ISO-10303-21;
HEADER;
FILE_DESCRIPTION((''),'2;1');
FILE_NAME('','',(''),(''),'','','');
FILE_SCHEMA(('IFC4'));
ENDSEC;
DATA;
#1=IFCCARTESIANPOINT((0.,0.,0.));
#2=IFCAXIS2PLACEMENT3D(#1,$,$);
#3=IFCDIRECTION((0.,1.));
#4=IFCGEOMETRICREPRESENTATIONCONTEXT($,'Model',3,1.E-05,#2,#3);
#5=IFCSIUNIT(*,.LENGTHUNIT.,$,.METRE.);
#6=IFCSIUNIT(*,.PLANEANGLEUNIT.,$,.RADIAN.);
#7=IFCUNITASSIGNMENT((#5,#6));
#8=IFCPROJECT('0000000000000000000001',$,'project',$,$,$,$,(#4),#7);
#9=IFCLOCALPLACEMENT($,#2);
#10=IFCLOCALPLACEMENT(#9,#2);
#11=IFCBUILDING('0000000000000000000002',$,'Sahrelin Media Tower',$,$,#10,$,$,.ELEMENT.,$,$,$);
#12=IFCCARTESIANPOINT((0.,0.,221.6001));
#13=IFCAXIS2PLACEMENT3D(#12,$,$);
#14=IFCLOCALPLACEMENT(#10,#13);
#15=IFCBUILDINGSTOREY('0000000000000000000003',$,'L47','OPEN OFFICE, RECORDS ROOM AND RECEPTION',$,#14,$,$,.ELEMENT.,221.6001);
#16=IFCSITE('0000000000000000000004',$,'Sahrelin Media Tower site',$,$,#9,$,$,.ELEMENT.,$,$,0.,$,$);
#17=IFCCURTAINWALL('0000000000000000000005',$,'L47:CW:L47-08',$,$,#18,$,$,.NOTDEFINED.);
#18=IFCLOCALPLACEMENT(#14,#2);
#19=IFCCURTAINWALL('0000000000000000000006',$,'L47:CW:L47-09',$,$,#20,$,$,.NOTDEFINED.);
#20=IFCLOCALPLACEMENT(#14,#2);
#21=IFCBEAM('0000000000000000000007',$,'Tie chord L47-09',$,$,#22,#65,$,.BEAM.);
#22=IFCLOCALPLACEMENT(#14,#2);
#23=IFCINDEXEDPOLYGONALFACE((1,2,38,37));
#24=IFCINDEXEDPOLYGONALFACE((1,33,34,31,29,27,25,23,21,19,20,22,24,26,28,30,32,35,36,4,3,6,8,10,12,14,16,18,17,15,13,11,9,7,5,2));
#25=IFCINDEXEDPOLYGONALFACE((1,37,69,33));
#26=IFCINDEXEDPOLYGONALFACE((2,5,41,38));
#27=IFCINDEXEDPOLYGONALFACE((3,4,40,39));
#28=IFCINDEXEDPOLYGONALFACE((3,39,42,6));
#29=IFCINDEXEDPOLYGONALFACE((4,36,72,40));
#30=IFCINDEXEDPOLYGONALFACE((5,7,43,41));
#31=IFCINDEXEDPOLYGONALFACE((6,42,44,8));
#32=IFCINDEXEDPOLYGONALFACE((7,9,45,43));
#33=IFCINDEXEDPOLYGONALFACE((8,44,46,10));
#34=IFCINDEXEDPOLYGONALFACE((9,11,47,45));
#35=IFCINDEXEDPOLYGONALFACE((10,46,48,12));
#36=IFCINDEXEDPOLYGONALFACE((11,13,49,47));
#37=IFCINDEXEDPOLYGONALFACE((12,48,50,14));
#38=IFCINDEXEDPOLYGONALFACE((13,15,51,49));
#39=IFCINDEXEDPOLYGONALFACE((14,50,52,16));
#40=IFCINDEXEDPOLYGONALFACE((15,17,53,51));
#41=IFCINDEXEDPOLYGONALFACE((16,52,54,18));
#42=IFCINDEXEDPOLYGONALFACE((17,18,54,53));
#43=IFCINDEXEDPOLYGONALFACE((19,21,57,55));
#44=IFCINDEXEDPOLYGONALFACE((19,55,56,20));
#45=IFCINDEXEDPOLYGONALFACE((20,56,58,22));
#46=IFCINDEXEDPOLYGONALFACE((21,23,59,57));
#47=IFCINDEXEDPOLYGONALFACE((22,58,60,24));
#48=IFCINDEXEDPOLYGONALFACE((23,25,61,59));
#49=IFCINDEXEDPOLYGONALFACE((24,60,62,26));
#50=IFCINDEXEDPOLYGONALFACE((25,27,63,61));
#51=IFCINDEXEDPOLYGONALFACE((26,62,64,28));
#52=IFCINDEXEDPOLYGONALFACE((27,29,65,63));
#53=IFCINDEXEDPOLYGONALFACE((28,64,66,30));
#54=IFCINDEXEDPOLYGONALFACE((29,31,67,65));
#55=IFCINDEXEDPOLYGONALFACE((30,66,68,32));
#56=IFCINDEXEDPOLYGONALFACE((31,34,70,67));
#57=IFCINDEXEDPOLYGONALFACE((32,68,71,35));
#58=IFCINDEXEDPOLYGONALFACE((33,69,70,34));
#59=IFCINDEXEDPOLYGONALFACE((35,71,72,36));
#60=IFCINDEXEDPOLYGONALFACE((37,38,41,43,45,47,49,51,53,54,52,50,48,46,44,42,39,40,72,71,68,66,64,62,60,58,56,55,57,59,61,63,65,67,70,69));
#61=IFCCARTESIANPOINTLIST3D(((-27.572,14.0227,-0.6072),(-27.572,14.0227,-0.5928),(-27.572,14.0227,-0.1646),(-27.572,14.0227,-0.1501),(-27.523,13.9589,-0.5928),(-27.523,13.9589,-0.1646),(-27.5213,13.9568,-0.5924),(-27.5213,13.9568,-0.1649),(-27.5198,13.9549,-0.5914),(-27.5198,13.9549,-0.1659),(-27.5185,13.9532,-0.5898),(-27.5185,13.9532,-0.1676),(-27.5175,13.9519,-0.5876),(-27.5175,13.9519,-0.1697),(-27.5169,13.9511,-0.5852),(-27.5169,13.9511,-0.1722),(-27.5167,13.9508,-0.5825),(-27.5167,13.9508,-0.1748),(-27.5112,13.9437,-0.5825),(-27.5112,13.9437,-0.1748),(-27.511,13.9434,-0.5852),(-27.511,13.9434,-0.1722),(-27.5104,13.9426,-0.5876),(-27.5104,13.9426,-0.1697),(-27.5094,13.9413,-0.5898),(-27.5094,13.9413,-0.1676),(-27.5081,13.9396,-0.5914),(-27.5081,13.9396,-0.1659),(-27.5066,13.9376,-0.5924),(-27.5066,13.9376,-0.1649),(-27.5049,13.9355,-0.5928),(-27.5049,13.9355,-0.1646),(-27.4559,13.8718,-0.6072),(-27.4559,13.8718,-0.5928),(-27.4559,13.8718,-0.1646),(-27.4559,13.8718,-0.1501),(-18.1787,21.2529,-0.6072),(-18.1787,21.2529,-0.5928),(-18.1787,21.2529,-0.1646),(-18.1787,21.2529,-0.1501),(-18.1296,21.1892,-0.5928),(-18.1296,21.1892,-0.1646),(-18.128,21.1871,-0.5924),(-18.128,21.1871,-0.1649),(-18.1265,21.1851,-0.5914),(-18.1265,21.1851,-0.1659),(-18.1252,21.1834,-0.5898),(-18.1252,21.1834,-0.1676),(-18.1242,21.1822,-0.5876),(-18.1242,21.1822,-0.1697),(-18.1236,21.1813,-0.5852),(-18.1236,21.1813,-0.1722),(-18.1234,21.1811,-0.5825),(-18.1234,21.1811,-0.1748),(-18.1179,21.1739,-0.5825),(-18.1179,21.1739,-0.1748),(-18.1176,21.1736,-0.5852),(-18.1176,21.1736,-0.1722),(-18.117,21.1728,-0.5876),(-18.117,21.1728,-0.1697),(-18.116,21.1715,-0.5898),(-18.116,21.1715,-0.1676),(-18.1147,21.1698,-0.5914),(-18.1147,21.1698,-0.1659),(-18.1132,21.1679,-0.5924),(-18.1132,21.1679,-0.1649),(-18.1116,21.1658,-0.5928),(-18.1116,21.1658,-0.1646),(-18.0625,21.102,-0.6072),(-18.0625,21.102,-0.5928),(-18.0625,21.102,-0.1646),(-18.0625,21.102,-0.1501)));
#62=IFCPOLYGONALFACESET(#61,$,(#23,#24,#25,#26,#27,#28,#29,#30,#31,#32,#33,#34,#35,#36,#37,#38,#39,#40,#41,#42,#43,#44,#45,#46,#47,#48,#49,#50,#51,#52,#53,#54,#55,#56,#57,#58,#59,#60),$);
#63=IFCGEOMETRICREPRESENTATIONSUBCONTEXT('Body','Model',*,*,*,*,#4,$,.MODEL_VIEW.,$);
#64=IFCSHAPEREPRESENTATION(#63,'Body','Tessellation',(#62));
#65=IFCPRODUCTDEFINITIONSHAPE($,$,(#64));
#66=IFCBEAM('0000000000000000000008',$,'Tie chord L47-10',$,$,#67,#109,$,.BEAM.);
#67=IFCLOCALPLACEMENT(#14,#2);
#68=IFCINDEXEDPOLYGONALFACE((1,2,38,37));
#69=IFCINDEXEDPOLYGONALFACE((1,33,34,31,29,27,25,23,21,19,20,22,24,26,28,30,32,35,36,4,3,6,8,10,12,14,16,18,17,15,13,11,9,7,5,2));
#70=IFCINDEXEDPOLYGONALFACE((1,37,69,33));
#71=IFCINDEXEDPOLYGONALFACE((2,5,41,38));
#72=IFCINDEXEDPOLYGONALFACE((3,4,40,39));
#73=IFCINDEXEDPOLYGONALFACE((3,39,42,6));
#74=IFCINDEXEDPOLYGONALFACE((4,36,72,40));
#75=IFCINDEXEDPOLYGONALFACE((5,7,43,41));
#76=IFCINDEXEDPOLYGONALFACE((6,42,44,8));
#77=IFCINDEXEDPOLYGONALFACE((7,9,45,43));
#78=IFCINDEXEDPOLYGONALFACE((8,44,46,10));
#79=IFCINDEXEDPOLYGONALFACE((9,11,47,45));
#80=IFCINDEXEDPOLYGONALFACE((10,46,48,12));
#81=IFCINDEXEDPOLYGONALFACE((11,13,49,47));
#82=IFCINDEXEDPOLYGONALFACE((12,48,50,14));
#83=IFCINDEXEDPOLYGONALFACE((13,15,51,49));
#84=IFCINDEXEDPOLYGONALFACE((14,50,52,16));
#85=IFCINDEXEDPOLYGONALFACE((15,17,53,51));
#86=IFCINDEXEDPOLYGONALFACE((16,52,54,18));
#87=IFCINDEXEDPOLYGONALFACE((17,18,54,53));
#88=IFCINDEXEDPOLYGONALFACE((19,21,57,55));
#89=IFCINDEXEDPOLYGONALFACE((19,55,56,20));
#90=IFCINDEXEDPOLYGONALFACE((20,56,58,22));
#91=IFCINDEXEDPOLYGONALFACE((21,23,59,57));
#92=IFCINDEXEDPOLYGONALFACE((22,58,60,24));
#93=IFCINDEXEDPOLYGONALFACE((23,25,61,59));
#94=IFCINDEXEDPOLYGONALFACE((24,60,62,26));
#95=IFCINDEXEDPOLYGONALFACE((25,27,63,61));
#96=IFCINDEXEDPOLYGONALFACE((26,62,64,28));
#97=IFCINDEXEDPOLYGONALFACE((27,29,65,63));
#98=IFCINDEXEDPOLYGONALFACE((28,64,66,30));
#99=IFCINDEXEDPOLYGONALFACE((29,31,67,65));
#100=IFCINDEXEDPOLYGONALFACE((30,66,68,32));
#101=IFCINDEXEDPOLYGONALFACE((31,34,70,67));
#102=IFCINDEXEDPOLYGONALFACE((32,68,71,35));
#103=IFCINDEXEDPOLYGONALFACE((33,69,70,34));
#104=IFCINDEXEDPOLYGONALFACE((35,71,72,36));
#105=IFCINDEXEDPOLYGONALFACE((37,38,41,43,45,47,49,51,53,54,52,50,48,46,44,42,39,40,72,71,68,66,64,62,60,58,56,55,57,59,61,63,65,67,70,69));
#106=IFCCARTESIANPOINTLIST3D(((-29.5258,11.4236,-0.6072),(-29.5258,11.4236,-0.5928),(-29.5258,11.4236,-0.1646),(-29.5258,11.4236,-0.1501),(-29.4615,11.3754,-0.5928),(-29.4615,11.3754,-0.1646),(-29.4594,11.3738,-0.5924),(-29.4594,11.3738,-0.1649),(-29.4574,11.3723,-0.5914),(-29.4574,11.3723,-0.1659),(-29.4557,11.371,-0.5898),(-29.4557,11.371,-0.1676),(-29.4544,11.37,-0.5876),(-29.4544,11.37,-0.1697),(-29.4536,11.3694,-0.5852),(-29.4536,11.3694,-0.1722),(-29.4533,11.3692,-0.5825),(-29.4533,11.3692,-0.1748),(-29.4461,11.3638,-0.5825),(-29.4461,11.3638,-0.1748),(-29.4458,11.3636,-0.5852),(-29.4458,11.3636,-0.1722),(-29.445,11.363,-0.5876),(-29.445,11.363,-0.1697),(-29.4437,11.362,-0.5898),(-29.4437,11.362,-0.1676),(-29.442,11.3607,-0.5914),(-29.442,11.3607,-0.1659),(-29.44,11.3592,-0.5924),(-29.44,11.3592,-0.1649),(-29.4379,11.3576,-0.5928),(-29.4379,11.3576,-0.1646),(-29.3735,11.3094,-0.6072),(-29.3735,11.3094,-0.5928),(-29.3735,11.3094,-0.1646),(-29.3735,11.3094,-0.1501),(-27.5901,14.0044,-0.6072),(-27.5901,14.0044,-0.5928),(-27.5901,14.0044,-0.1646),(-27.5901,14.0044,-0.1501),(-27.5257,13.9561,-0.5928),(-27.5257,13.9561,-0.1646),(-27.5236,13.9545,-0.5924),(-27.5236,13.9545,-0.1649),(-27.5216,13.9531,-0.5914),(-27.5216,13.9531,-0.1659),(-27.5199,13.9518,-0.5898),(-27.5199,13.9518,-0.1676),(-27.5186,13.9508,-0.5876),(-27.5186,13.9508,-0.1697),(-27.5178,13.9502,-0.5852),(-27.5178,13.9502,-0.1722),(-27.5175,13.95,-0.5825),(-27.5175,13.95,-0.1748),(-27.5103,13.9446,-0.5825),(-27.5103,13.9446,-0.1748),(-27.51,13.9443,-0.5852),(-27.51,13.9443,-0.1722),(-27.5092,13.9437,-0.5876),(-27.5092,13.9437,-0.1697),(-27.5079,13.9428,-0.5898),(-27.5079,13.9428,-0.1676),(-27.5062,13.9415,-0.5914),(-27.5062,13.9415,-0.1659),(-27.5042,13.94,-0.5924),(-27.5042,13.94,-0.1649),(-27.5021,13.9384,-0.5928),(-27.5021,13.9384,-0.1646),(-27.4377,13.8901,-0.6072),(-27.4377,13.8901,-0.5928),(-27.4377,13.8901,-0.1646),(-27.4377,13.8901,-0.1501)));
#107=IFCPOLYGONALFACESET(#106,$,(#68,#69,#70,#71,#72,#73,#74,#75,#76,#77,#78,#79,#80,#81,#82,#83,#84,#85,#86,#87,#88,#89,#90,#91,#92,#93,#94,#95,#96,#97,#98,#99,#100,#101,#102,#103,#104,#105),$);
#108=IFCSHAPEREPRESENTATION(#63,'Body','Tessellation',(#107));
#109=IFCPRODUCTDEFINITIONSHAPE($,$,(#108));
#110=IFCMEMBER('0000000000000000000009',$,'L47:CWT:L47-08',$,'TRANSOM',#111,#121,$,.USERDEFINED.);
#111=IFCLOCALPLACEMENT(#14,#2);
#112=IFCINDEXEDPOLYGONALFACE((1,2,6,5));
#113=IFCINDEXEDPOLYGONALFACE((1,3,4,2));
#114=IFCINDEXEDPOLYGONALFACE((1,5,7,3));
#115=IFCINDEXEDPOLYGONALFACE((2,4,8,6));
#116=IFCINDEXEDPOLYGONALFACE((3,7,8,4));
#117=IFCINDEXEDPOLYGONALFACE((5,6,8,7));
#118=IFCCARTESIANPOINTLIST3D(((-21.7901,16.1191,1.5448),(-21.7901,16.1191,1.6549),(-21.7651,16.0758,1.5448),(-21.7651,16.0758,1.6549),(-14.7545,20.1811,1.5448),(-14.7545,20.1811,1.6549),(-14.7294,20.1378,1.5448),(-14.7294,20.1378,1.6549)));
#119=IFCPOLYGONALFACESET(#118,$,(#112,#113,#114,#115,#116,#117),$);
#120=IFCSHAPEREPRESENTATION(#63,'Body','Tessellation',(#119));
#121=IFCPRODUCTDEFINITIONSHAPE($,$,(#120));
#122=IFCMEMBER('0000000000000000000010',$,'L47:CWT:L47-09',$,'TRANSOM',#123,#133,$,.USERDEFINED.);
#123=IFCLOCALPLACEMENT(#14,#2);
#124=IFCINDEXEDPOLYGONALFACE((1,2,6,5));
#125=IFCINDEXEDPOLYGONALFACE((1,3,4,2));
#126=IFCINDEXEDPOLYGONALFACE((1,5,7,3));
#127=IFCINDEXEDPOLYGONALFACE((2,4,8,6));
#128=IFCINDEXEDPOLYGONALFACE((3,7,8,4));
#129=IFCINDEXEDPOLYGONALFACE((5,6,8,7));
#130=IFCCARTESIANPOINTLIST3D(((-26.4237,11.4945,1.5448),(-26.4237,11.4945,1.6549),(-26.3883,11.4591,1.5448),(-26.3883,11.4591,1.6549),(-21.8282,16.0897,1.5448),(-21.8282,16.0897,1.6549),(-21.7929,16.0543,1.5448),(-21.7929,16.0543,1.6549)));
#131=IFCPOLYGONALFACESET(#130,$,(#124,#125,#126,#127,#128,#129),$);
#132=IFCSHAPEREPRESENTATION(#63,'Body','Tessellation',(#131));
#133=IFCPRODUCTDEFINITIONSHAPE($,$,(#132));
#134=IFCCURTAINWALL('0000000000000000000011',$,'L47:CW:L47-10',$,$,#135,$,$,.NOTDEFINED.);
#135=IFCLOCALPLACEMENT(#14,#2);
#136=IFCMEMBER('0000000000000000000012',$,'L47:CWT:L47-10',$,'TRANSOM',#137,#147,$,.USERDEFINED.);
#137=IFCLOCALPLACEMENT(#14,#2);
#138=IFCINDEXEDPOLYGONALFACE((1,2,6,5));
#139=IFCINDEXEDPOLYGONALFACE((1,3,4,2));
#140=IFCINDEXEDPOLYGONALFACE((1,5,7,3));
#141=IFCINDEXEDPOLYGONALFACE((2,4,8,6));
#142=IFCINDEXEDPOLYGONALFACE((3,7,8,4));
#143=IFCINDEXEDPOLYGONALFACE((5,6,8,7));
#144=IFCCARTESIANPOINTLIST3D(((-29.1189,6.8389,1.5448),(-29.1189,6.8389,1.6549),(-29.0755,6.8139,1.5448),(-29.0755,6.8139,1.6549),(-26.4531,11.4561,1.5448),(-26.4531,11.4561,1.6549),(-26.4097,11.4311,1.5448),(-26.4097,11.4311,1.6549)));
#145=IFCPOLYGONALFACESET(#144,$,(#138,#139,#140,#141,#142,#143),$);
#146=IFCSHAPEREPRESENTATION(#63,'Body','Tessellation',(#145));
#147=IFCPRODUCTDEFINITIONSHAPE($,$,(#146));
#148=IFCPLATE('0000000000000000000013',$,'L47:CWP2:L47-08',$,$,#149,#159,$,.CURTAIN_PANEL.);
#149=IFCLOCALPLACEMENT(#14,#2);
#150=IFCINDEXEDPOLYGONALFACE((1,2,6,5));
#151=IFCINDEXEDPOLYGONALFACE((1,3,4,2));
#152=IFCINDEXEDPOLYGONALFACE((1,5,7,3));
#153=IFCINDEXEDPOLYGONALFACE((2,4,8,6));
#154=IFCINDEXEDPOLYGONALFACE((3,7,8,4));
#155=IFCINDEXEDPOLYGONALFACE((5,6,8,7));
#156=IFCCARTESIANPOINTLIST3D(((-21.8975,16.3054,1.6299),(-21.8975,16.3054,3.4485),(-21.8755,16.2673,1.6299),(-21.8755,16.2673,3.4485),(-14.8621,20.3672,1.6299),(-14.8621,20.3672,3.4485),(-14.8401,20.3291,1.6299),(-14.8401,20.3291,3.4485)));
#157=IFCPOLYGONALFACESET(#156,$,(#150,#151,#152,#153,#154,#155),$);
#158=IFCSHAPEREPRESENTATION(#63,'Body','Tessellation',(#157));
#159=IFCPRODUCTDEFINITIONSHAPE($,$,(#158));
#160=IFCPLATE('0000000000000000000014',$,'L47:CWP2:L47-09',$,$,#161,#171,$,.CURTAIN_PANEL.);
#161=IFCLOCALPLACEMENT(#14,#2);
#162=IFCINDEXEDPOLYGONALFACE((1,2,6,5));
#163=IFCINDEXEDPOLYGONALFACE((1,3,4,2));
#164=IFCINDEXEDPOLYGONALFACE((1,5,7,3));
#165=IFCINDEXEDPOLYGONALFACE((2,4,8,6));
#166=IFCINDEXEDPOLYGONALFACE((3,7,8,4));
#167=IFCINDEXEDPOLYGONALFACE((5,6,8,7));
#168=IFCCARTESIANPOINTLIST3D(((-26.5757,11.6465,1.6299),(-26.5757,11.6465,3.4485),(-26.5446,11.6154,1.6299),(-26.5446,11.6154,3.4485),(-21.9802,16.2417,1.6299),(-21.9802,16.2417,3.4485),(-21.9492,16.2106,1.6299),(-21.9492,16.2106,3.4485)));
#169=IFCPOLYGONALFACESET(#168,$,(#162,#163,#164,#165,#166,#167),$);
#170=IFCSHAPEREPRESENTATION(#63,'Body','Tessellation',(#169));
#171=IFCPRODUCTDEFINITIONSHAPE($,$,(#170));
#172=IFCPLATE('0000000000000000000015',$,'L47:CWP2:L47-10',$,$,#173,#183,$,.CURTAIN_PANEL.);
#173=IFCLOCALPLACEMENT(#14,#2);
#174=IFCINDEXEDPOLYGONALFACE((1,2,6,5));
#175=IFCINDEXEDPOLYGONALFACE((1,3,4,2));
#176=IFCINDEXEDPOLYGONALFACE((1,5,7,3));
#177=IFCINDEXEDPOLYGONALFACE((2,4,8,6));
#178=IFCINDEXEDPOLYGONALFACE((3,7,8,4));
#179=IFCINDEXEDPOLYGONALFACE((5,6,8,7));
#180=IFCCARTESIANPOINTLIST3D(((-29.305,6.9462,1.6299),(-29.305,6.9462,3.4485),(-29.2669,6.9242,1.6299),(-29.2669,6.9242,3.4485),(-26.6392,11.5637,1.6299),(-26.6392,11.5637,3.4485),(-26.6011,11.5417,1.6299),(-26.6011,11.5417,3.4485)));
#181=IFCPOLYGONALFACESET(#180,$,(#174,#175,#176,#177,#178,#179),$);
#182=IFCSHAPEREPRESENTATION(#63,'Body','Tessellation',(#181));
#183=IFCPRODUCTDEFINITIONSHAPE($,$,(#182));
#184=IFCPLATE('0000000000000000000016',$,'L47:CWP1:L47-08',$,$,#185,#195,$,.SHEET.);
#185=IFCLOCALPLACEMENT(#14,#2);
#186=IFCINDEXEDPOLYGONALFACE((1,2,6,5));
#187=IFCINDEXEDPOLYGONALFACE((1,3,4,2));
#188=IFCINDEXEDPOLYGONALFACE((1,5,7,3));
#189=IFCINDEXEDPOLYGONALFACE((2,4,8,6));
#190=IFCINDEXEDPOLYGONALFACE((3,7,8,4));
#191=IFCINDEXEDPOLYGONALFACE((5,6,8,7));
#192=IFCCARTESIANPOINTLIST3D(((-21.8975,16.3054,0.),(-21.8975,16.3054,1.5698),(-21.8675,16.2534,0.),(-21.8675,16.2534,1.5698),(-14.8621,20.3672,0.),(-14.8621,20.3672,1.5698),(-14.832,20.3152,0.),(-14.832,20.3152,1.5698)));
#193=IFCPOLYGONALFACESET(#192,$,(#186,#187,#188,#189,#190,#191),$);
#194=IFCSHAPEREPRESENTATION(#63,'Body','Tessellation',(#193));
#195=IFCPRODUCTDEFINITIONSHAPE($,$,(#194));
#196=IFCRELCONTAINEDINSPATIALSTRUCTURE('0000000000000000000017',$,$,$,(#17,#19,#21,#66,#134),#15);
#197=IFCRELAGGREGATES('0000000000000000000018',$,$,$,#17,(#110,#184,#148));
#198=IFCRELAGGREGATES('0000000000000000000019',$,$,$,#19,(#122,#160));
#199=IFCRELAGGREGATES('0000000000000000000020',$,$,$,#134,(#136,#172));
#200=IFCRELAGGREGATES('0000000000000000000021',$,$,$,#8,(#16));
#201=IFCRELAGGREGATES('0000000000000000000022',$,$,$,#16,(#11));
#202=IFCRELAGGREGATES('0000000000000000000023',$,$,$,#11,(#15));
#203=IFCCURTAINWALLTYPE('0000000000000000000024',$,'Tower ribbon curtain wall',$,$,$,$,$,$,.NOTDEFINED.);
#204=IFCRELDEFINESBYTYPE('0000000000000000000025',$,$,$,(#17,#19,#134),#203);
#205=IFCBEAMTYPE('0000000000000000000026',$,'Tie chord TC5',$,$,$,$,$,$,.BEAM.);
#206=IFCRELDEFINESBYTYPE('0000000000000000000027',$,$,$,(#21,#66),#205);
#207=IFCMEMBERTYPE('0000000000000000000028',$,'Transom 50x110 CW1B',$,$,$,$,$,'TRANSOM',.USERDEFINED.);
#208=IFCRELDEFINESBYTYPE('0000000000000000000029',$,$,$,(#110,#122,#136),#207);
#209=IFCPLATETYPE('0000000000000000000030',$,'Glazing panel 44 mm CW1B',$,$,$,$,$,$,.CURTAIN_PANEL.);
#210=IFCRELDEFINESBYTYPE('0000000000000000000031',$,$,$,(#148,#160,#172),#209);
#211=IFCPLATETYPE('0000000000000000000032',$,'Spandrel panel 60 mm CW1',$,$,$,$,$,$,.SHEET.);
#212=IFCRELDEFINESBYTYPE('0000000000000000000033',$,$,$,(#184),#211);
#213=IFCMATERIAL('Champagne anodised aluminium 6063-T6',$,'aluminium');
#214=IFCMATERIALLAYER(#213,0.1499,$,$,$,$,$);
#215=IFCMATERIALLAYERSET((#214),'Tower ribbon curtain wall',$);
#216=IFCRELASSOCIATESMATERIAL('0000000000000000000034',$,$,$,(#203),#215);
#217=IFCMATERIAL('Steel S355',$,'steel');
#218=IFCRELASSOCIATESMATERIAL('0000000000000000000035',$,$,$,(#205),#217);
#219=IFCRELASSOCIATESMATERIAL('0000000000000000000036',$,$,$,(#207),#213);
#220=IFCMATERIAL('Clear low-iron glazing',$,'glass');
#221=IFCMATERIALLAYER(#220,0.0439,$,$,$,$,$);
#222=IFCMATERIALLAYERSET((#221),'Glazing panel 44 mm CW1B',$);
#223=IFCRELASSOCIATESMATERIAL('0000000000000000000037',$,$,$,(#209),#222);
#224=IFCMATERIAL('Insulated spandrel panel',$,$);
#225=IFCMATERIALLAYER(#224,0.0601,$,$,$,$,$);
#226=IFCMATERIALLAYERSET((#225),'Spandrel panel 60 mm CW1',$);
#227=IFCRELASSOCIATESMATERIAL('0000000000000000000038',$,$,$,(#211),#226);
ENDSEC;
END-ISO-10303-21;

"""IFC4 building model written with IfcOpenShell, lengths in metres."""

from ifc_helpers import new_model, si_unit, direction, frame, origin, origin_2d, place, context, subcontext, project, spatial, polyline, rectangle, i_section, outline, extrude, material, layer, layer_set, material_profile, profile_set, type_object, element, aggregate, save


model = new_model("IFC4")

# Units and contexts
model_context = context("Model", 3, precision=1e-05, world=origin(), true_north=direction((0.0, 1.0)))
body_context = subcontext(model_context, "Body", "Model", "MODEL_VIEW")
ifc_project = project(units=[si_unit("LENGTHUNIT", "METRE"), si_unit("PLANEANGLEUNIT", "RADIAN")], contexts=[model_context])

# Site, building, storey
site_placement = place(None, origin())
site = spatial("IfcSite", under=ifc_project, at=site_placement, Name="Sahrelin Media Tower site", CompositionType="ELEMENT", RefElevation=0.0)
building_placement = place(site_placement, origin())
building = spatial("IfcBuilding", under=site, at=building_placement, Name="Sahrelin Media Tower", CompositionType="ELEMENT")
storey_placement = place(building_placement, frame((0.0, 0.0, 221.6001)))
storey = spatial("IfcBuildingStorey", under=building, at=storey_placement, Name="L47", Description="OPEN OFFICE, RECORDS ROOM AND RECEPTION", CompositionType="ELEMENT", Elevation=221.6001)

# Shared definitions
ifc_material_1 = material(Name="Steel S355", Category="steel")

# Curtain walls
ifc_material_2 = material(Name="Champagne anodised aluminium 6063-T6", Category="aluminium")
ifc_layer_1 = layer(ifc_material_2, 0.1499)
ifc_layer_set_1 = layer_set([ifc_layer_1], Name="Tower ribbon curtain wall")
curtain_wall_type = type_object("IfcCurtainWallType", Name="Tower ribbon curtain wall", PredefinedType="NOTDEFINED", material=ifc_layer_set_1)
curtain_wall_1_placement = place(storey_placement, frame((-18.3699, 18.3191, 0.0), z_axis=(0.0, 0.0, 1.0), x_axis=(1.0, 0.0, 0.0)))
curtain_wall_1 = element("IfcCurtainWall", 1, at=curtain_wall_1_placement, inside=storey, type_object=curtain_wall_type, Name="L47:CW:L47-08", PredefinedType="NOTDEFINED")
curtain_wall_2_placement = place(storey_placement, frame((-24.2639, 13.9299, 0.0), z_axis=(0.0, 0.0, 1.0), x_axis=(1.0, 0.0, 0.0)))
curtain_wall_2 = element("IfcCurtainWall", 2, at=curtain_wall_2_placement, inside=storey, type_object=curtain_wall_type, Name="L47:CW:L47-09", PredefinedType="NOTDEFINED")

# Beams
ifc_material_profile_1 = material_profile(ifc_material_1, i_section(OverallWidth=0.1904, OverallDepth=0.457, WebThickness=0.009, FlangeThickness=0.0144, FilletRadius=0.0103, at=origin_2d()), Name="UB 457x191x74")
ifc_profile_set_1 = profile_set([ifc_material_profile_1], Name="Steel S355")
beam_type_1 = type_object("IfcBeamType", Name="Tie chord TC5", PredefinedType="BEAM", material=ifc_profile_set_1)
beam_1_placement = place(storey_placement, frame((-18.1206, 21.1775, -0.3787), z_axis=(-0.792436, -0.609955, 0.0), x_axis=(0.609955, -0.792436, 0.0)))
element("IfcBeam", 3, at=beam_1_placement, inside=storey, type_object=beam_type_1, Name="Tie chord L47-09", PredefinedType="BEAM", context=body_context, shape_type="SweptSolid", body=[
    extrude(i_section(OverallWidth=0.1904, OverallDepth=0.457, WebThickness=0.009, FlangeThickness=0.0144, FilletRadius=0.0103, at=origin_2d()), origin(), (0.0, 0.0, 1.0), 11.8538),
])
beam_2_placement = place(storey_placement, frame((-27.5139, 13.9473, -0.3787), z_axis=(-0.600036, -0.799973, 0.0), x_axis=(0.799973, -0.600036, 0.0)))
element("IfcBeam", 4, at=beam_2_placement, inside=storey, type_object=beam_type_1, Name="Tie chord L47-10", PredefinedType="BEAM", context=body_context, shape_type="SweptSolid", body=[
    extrude(i_section(OverallWidth=0.1904, OverallDepth=0.457, WebThickness=0.009, FlangeThickness=0.0144, FilletRadius=0.0103, at=origin_2d()), origin(), (0.0, 0.0, 1.0), 3.2261),
])

# Members
ifc_material_profile_2 = material_profile(ifc_material_2, rectangle(XDim=0.05, YDim=0.1101, at=origin_2d()), Name="Transom 50x110")
ifc_profile_set_2 = profile_set([ifc_material_profile_2], Name="Champagne anodised aluminium 6063-T6")
member_type_1 = type_object("IfcMemberType", Name="Transom 50x110 CW1B", ElementType="TRANSOM", PredefinedType="USERDEFINED", material=ifc_profile_set_2)
member_1_placement = place(storey_placement, frame((-14.7419, 20.1594, 1.5999), z_axis=(-0.866026, -0.499998, 0.0), x_axis=(0.499998, -0.866026, 0.0)))
member_1 = element("IfcMember", 5, at=member_1_placement, type_object=member_type_1, Name="L47:CWT:L47-08", ObjectType="TRANSOM", PredefinedType="USERDEFINED", context=body_context, shape_type="SweptSolid", body=[
    extrude(rectangle(XDim=0.05, YDim=0.1101, at=origin_2d()), origin(), (0.0, 0.0, 1.0), 8.124),
])
member_2_placement = place(storey_placement, frame((-21.8105, 16.072, 1.5999), z_axis=(-0.707126, -0.707088, 0.0), x_axis=(0.707088, -0.707126, 0.0)))
member_2 = element("IfcMember", 6, at=member_2_placement, type_object=member_type_1, Name="L47:CWT:L47-09", ObjectType="TRANSOM", PredefinedType="USERDEFINED", context=body_context, shape_type="SweptSolid", body=[
    extrude(rectangle(XDim=0.05, YDim=0.1101, at=origin_2d()), origin(), (0.0, 0.0, 1.0), 6.4988),
])

# Curtain wall, member
curtain_wall_3_placement = place(storey_placement, frame((-27.9548, 9.2451, 0.0), z_axis=(0.0, 0.0, 1.0), x_axis=(1.0, 0.0, 0.0)))
curtain_wall_3 = element("IfcCurtainWall", 7, at=curtain_wall_3_placement, inside=storey, type_object=curtain_wall_type, Name="L47:CW:L47-10", PredefinedType="NOTDEFINED")
member_3_placement = place(storey_placement, frame((-26.4314, 11.4436, 1.5999), z_axis=(-0.500005, -0.866022, 0.0), x_axis=(0.866022, -0.500005, 0.0)))
member_3 = element("IfcMember", 8, at=member_3_placement, type_object=member_type_1, Name="L47:CWT:L47-10", ObjectType="TRANSOM", PredefinedType="USERDEFINED", context=body_context, shape_type="SweptSolid", body=[
    extrude(rectangle(XDim=0.05, YDim=0.1101, at=origin_2d()), origin(), (0.0, 0.0, 1.0), 5.3315),
])

# Plates
ifc_material_3 = material(Name="Clear low-iron glazing", Category="glass")
ifc_layer_2 = layer(ifc_material_3, 0.0439)
ifc_layer_set_2 = layer_set([ifc_layer_2], Name="Glazing panel 44 mm CW1B")
plate_type_1 = type_object("IfcPlateType", Name="Glazing panel 44 mm CW1B", PredefinedType="CURTAIN_PANEL", material=ifc_layer_set_2)
plate_1_placement = place(storey_placement, frame((-14.8621, 20.3672, 1.6299), z_axis=(-0.499989, 0.866032, 0.0), x_axis=(-0.866032, -0.499989, 0.0)))
plate_1 = element("IfcPlate", 9, at=plate_1_placement, type_object=plate_type_1, Name="L47:CWP2:L47-08", PredefinedType="CURTAIN_PANEL", context=body_context, shape_type="SweptSolid", body=[
    extrude(outline(polyline([(0.0, 0.0), (8.1238, 0.0), (8.1238, 1.8186), (0.0, 1.8186), (0.0, 0.0)])), origin(), (0.0, 0.0, -1.0), 0.0439),
])
plate_2_placement = place(storey_placement, frame((-21.9802, 16.2417, 1.6299), z_axis=(-0.707088, 0.707126, 0.0), x_axis=(-0.707126, -0.707088, 0.0)))
plate_2 = element("IfcPlate", 10, at=plate_2_placement, type_object=plate_type_1, Name="L47:CWP2:L47-09", PredefinedType="CURTAIN_PANEL", context=body_context, shape_type="SweptSolid", body=[
    extrude(outline(polyline([(0.0, 0.0), (6.4988, 0.0), (6.4988, 1.8186), (0.0, 1.8186), (0.0, 0.0)])), origin(), (0.0, 0.0, -1.0), 0.0439),
])
plate_3_placement = place(storey_placement, frame((-26.6392, 11.5637, 1.6299), z_axis=(-0.866034, 0.499985, 0.0), x_axis=(-0.499985, -0.866034, 0.0)))
plate_3 = element("IfcPlate", 11, at=plate_3_placement, type_object=plate_type_1, Name="L47:CWP2:L47-10", PredefinedType="CURTAIN_PANEL", context=body_context, shape_type="SweptSolid", body=[
    extrude(outline(polyline([(0.0, 0.0), (5.3318, 0.0), (5.3318, 1.8186), (0.0, 1.8186), (0.0, 0.0)])), origin(), (0.0, 0.0, -1.0), 0.0439),
])
ifc_material_4 = material(Name="Insulated spandrel panel")
ifc_layer_3 = layer(ifc_material_4, 0.0601)
ifc_layer_set_3 = layer_set([ifc_layer_3], Name="Spandrel panel 60 mm CW1")
plate_type_2 = type_object("IfcPlateType", Name="Spandrel panel 60 mm CW1", PredefinedType="SHEET", material=ifc_layer_set_3)
plate_4_placement = place(storey_placement, frame((-14.8621, 20.3672, 0.0), z_axis=(-0.499989, 0.866032, 0.0), x_axis=(-0.866032, -0.499989, 0.0)))
plate_4 = element("IfcPlate", 12, at=plate_4_placement, type_object=plate_type_2, Name="L47:CWP1:L47-08", PredefinedType="SHEET", context=body_context, shape_type="SweptSolid", body=[
    extrude(outline(polyline([(0.0, 0.0), (8.1238, 0.0), (8.1238, 1.5698), (0.0, 1.5698), (0.0, 0.0)])), origin(), (0.0, 0.0, -1.0), 0.0601),
])
aggregate(curtain_wall_1, [member_1, plate_4, plate_1])
aggregate(curtain_wall_2, [member_2, plate_2])
aggregate(curtain_wall_3, [member_3, plate_3])

save(model, "model.ifc")
